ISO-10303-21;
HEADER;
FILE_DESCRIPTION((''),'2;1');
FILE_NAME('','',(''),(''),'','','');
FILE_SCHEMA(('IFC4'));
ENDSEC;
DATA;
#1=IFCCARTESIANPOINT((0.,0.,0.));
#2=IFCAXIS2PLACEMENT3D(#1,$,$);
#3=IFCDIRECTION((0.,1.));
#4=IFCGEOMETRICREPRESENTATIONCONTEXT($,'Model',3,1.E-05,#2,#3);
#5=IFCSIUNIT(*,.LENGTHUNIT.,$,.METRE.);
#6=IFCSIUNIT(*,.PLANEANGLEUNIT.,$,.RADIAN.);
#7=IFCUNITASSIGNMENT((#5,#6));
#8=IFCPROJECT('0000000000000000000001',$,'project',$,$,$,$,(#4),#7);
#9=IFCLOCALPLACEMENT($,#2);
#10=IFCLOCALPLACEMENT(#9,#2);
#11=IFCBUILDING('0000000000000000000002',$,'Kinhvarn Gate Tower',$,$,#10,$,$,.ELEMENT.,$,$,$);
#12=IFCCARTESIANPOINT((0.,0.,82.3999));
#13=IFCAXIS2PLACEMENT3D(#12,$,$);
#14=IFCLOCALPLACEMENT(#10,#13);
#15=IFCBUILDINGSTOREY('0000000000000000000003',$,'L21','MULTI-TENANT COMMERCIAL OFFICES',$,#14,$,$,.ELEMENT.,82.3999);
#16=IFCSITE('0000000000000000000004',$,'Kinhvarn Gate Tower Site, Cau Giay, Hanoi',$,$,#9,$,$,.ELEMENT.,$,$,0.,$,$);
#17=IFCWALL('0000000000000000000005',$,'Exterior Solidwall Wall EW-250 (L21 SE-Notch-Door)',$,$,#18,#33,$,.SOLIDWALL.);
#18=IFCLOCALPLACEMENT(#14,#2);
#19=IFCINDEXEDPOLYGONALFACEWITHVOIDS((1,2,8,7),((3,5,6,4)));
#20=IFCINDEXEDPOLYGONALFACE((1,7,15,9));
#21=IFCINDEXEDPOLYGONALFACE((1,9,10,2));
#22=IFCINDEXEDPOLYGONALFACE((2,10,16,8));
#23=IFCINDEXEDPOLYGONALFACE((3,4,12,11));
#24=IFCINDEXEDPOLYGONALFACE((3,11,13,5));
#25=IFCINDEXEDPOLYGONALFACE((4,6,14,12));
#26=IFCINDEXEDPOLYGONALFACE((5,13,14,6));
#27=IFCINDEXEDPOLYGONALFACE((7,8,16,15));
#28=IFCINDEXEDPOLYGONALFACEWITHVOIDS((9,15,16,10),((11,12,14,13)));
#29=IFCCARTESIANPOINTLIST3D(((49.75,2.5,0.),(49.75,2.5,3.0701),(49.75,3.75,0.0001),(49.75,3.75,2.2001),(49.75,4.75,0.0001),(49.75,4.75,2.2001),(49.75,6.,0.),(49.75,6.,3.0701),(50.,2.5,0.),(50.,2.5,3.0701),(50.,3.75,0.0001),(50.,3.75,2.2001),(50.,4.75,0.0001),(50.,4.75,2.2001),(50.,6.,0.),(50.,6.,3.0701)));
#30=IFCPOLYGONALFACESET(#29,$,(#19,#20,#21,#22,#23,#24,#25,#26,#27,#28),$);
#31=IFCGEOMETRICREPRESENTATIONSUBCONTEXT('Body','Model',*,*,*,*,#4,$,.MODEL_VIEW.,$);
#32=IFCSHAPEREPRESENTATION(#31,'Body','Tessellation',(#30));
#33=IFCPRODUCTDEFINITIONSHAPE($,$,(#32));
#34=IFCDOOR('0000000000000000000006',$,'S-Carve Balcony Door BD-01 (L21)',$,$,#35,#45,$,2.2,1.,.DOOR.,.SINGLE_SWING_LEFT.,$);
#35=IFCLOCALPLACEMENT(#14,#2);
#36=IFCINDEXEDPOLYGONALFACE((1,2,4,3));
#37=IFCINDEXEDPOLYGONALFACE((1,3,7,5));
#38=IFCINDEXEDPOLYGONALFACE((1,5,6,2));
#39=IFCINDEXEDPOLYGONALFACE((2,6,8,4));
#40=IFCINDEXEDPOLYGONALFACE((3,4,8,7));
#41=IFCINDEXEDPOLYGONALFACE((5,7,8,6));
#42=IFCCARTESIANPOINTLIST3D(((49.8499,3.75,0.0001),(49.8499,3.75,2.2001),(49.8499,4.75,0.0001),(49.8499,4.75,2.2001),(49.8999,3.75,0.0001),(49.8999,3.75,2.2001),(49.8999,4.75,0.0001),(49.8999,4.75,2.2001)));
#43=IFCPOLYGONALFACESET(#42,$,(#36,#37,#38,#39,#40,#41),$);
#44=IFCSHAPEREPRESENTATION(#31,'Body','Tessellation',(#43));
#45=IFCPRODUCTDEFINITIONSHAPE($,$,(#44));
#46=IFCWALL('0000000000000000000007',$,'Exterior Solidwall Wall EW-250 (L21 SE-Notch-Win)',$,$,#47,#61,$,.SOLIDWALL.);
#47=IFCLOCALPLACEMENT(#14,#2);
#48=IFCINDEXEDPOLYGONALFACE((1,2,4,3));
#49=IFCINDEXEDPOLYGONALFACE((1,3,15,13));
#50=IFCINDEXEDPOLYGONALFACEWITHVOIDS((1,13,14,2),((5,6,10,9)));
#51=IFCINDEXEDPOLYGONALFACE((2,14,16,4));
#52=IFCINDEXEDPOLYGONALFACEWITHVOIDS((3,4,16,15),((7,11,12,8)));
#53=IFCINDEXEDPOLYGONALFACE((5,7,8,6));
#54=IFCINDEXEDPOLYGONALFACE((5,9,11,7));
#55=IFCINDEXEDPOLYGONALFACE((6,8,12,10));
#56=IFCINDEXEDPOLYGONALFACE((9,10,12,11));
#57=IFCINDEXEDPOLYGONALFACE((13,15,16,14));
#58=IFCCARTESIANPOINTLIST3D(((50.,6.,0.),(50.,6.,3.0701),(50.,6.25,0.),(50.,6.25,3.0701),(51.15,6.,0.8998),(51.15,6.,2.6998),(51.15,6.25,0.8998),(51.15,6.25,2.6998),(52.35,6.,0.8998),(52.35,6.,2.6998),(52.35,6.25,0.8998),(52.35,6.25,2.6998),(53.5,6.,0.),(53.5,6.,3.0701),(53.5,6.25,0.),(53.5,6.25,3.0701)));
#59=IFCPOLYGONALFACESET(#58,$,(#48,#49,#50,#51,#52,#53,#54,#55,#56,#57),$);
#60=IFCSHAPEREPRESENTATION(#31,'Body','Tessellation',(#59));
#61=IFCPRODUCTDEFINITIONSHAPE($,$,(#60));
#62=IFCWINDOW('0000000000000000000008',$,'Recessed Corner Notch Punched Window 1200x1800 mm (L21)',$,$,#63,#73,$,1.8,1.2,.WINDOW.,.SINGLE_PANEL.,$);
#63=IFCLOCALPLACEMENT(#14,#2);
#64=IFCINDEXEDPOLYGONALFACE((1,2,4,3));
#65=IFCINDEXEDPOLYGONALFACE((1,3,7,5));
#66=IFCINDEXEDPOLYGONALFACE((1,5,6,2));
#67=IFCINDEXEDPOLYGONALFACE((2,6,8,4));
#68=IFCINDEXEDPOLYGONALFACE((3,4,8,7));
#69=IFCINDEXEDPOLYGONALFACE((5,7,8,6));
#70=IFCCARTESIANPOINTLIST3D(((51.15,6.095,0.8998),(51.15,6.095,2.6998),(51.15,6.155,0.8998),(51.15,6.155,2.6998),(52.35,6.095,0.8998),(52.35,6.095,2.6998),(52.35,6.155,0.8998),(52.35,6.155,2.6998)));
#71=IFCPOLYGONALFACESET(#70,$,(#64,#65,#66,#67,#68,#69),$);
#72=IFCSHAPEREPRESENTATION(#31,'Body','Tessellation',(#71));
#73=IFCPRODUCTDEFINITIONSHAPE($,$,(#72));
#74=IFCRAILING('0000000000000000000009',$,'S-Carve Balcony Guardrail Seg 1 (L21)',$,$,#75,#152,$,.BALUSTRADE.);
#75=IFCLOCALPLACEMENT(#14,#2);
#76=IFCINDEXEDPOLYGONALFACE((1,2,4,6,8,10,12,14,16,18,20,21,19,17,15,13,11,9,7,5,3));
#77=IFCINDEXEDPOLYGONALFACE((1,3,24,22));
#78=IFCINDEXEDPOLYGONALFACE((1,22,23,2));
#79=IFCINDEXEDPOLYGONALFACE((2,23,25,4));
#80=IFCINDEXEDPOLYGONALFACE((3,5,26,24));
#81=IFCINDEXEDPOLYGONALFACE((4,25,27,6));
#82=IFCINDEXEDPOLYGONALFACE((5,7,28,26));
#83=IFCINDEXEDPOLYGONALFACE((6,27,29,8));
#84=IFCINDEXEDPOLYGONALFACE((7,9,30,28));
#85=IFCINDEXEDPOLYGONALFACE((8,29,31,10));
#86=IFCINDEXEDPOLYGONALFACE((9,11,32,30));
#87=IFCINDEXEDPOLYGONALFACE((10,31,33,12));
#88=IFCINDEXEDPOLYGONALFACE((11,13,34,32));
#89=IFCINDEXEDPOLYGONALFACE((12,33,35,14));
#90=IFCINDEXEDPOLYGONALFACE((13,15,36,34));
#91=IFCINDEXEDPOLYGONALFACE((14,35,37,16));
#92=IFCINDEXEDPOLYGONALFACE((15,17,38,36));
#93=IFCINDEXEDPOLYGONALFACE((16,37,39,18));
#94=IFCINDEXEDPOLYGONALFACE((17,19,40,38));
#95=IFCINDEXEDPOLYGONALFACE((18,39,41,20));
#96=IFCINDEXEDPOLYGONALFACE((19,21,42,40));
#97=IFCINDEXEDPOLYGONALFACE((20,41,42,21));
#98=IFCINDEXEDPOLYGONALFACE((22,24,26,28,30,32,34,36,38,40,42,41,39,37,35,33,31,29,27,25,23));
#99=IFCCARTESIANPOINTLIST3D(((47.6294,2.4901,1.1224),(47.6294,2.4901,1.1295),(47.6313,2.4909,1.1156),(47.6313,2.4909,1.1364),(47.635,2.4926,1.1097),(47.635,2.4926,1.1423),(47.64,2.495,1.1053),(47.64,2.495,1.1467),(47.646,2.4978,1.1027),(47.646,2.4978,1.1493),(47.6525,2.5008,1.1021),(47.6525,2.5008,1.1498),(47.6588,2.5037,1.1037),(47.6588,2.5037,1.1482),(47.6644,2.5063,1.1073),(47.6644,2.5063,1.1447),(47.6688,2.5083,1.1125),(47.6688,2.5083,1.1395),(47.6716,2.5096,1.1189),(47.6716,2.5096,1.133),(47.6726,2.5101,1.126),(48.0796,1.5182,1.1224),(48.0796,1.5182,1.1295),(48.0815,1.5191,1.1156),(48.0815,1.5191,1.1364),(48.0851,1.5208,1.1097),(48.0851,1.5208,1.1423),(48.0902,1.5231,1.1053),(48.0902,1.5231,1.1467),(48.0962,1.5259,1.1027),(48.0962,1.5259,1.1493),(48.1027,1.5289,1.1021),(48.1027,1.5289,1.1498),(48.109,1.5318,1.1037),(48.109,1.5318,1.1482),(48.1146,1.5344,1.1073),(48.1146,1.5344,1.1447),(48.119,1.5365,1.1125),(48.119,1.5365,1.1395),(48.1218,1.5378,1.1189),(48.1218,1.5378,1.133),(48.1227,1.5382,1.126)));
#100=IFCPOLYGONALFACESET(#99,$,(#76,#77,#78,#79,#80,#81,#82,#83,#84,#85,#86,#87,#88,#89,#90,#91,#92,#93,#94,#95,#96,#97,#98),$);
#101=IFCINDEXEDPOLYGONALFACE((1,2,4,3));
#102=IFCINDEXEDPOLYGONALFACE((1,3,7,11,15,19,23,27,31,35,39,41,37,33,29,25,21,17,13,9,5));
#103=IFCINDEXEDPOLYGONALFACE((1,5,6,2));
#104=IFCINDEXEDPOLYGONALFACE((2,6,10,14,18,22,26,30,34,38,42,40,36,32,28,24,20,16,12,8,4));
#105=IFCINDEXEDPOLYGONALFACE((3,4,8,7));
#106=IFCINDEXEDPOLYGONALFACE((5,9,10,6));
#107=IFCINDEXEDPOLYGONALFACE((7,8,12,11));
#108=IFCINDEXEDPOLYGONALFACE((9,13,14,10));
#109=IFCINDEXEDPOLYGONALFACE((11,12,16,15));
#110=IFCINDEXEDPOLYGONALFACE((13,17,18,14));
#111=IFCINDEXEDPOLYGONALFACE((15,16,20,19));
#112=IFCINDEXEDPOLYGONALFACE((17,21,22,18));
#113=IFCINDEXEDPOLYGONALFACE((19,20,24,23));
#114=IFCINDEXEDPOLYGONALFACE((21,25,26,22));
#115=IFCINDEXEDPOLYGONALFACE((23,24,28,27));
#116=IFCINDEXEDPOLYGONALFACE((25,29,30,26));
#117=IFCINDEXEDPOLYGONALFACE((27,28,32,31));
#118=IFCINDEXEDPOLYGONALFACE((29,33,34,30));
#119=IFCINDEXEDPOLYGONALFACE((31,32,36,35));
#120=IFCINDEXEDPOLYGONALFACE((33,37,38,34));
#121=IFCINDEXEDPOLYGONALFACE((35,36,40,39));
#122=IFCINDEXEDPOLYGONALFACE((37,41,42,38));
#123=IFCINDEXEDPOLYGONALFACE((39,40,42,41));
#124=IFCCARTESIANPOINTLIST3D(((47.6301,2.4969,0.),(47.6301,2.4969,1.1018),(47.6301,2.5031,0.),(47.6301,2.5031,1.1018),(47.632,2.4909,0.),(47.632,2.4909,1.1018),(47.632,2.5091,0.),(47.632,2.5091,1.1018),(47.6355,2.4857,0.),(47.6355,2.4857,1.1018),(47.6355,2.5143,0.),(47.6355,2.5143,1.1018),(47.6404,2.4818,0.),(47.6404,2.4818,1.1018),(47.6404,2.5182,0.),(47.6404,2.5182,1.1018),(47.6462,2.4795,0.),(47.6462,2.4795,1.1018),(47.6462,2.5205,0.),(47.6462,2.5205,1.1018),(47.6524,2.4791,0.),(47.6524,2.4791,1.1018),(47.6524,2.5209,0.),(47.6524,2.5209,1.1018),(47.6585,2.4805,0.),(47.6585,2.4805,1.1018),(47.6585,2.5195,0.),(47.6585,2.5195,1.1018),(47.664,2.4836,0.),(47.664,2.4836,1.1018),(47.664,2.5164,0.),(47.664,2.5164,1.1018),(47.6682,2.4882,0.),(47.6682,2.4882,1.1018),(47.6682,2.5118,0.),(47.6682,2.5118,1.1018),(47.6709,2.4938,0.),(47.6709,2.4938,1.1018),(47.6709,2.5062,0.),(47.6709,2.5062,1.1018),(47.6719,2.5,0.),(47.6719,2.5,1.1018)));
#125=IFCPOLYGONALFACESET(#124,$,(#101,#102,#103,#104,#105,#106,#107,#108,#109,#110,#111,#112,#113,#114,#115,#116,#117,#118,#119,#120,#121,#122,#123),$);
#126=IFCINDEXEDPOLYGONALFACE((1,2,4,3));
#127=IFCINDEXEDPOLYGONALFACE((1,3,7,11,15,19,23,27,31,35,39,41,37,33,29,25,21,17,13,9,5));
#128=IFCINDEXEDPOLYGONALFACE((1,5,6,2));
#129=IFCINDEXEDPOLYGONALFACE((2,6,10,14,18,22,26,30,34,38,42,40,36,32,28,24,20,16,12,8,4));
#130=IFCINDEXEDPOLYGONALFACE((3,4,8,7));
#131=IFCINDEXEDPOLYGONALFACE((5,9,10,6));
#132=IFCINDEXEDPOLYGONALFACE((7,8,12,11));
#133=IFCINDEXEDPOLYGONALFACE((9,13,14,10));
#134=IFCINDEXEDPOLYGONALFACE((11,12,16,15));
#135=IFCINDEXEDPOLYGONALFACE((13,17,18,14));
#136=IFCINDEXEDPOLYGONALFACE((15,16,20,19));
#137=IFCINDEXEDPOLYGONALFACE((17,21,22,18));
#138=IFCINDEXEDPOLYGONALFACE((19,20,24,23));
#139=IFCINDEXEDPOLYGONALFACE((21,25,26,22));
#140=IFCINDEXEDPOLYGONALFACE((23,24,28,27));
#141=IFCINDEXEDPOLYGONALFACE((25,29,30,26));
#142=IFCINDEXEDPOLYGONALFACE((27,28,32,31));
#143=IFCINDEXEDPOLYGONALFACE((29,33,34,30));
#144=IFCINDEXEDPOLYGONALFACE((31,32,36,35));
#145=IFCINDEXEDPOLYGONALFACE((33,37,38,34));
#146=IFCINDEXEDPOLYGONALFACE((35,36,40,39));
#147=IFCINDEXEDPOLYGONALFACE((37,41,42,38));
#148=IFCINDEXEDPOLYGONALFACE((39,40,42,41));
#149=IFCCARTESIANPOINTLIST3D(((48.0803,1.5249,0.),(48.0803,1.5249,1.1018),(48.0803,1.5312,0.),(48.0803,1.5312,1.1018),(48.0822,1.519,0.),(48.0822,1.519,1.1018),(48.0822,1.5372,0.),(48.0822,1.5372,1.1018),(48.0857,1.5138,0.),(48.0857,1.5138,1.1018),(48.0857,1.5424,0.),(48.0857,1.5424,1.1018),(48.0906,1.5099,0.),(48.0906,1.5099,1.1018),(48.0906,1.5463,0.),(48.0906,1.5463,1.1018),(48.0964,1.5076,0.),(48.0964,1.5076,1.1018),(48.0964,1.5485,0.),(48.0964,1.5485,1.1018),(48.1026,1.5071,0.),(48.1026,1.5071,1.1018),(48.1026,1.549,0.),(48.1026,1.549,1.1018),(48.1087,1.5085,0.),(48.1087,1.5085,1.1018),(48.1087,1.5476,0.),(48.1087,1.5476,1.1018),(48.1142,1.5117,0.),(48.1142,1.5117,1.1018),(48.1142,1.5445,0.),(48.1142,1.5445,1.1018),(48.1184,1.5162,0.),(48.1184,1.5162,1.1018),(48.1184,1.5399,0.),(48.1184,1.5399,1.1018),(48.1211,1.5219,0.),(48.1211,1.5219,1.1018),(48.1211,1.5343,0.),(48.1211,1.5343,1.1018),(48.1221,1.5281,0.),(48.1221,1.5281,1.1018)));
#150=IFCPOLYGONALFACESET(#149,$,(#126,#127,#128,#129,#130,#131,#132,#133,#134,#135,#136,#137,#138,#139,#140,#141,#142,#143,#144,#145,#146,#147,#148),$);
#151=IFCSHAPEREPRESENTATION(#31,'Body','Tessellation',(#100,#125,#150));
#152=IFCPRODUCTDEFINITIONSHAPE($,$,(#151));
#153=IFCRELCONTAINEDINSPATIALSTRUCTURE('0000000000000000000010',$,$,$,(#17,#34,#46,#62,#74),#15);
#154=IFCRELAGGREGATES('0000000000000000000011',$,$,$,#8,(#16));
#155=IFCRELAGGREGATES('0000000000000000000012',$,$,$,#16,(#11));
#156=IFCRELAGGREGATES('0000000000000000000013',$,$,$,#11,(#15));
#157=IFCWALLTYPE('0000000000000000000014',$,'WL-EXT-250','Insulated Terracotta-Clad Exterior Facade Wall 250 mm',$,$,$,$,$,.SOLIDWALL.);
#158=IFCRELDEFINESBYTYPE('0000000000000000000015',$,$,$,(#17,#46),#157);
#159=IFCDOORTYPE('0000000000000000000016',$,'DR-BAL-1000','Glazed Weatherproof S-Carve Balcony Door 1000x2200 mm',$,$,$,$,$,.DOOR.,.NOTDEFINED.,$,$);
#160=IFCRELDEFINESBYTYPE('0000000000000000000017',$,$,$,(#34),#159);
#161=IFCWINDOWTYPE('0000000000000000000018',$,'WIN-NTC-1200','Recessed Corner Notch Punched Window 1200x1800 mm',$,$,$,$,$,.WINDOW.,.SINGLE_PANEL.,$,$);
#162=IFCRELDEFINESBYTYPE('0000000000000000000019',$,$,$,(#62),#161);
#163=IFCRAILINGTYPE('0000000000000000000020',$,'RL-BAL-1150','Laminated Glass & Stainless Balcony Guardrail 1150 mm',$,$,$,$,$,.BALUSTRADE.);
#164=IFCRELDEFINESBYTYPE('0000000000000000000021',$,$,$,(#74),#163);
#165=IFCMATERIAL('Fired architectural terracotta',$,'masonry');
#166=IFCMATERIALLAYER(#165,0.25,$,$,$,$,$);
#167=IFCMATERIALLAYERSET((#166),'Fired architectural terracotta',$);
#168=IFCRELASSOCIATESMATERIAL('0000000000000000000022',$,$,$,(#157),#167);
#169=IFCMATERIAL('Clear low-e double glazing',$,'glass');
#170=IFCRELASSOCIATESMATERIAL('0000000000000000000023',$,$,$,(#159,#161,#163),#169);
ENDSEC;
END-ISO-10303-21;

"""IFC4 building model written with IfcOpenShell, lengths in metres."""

from ifc_helpers import new_model, si_unit, direction, frame, frame_2d, origin, origin_2d, place, context, subcontext, project, spatial, rectangle, circle, extrude, material, layer, layer_set, type_object, element, fill, save


model = new_model("IFC4")

# Units and contexts
model_context = context("Model", 3, precision=1e-05, world=origin(), true_north=direction((0.0, 1.0)))
body_context = subcontext(model_context, "Body", "Model", "MODEL_VIEW")
ifc_project = project(units=[si_unit("LENGTHUNIT", "METRE"), si_unit("PLANEANGLEUNIT", "RADIAN")], contexts=[model_context])

# Site, building, storey
site_placement = place(None, origin())
site = spatial("IfcSite", under=ifc_project, at=site_placement, Name="Kinhvarn Gate Tower Site, Cau Giay, Hanoi", CompositionType="ELEMENT", RefElevation=0.0)
building_placement = place(site_placement, origin())
building = spatial("IfcBuilding", under=site, at=building_placement, Name="Kinhvarn Gate Tower", CompositionType="ELEMENT")
storey_placement = place(building_placement, frame((0.0, 0.0, 82.3999)))
storey = spatial("IfcBuildingStorey", under=building, at=storey_placement, Name="L21", Description="MULTI-TENANT COMMERCIAL OFFICES", CompositionType="ELEMENT", Elevation=82.3999)

# Shared definitions
ifc_material_1 = material(Name="Clear low-e double glazing", Category="glass")

# Wall, opening, door
ifc_material_2 = material(Name="Fired architectural terracotta", Category="masonry")
ifc_layer_1 = layer(ifc_material_2, 0.25)
ifc_layer_set_1 = layer_set([ifc_layer_1], Name="Fired architectural terracotta")
wall_type = type_object("IfcWallType", Name="WL-EXT-250", Description="Insulated Terracotta-Clad Exterior Facade Wall 250 mm", PredefinedType="SOLIDWALL", material=ifc_layer_set_1)
wall_1_placement = place(storey_placement, frame((49.875, 2.5, 0.0), z_axis=(0.0, 0.0, 1.0), x_axis=(0.0, 1.0, 0.0)))
wall_1 = element("IfcWall", 1, at=wall_1_placement, inside=storey, type_object=wall_type, Name="Exterior Solidwall Wall EW-250 (L21 SE-Notch-Door)", PredefinedType="SOLIDWALL", context=body_context, shape_type="SweptSolid", body=[
    extrude(rectangle(XDim=3.5, YDim=0.25, at=frame_2d((1.75, 0.0))), origin(), (0.0, 0.0, 1.0), 3.0701),
])
opening_1_placement = place(wall_1_placement, frame((1.25, 0.0, 0.0)))
opening_1 = element("IfcOpeningElement", 2, at=opening_1_placement, cuts=wall_1, PredefinedType="OPENING", context=body_context, shape_type="SweptSolid", body=[
    extrude(rectangle(XDim=1.0, YDim=2.2, at=frame_2d((0.5, 1.1001))), frame((0.0, 0.135, 0.0), z_axis=(0.0, -1.0, 0.0), x_axis=(1.0, 0.0, 0.0)), (0.0, 0.0, 1.0), 0.27),
])
door_type = type_object("IfcDoorType", Name="DR-BAL-1000", Description="Glazed Weatherproof S-Carve Balcony Door 1000x2200 mm", OperationType="NOTDEFINED", PredefinedType="DOOR", material=ifc_material_1)
door_placement = place(opening_1_placement, frame((1.0, 0.0, 0.0), z_axis=(0.0, 0.0, 1.0), x_axis=(-1.0, 0.0, 0.0)))
door = element("IfcDoor", 3, at=door_placement, inside=storey, type_object=door_type, Name="S-Carve Balcony Door BD-01 (L21)", OperationType="SINGLE_SWING_LEFT", OverallHeight=2.2, OverallWidth=1.0, PredefinedType="DOOR", context=body_context, shape_type="SweptSolid", body=[
    extrude(rectangle(XDim=1.0, YDim=2.2, at=frame_2d((0.5, 1.1001))), frame((0.0, 0.0249, 0.0), z_axis=(0.0, -1.0, 0.0), x_axis=(1.0, 0.0, 0.0)), (0.0, 0.0, 1.0), 0.05),
])
fill(opening_1, door)

# Wall, opening, window
wall_2_placement = place(storey_placement, frame((50.0, 6.125, 0.0), z_axis=(0.0, 0.0, 1.0), x_axis=(1.0, 0.0, 0.0)))
wall_2 = element("IfcWall", 4, at=wall_2_placement, inside=storey, type_object=wall_type, Name="Exterior Solidwall Wall EW-250 (L21 SE-Notch-Win)", PredefinedType="SOLIDWALL", context=body_context, shape_type="SweptSolid", body=[
    extrude(rectangle(XDim=3.5, YDim=0.25, at=frame_2d((1.75, 0.0))), origin(), (0.0, 0.0, 1.0), 3.0701),
])
opening_2_placement = place(wall_2_placement, frame((1.1499, 0.0, 0.8999)))
opening_2 = element("IfcOpeningElement", 5, at=opening_2_placement, cuts=wall_2, PredefinedType="OPENING", context=body_context, shape_type="SweptSolid", body=[
    extrude(rectangle(XDim=1.2, YDim=1.8, at=frame_2d((0.6001, 0.8999))), frame((0.0, 0.135, 0.0), z_axis=(0.0, -1.0, 0.0), x_axis=(1.0, 0.0, 0.0)), (0.0, 0.0, 1.0), 0.27),
])
window_type = type_object("IfcWindowType", Name="WIN-NTC-1200", Description="Recessed Corner Notch Punched Window 1200x1800 mm", PartitioningType="SINGLE_PANEL", PredefinedType="WINDOW", material=ifc_material_1)
window_placement = place(opening_2_placement, origin())
window = element("IfcWindow", 6, at=window_placement, inside=storey, type_object=window_type, Name="Recessed Corner Notch Punched Window 1200x1800 mm (L21)", OverallHeight=1.8, OverallWidth=1.2, PartitioningType="SINGLE_PANEL", PredefinedType="WINDOW", context=body_context, shape_type="SweptSolid", body=[
    extrude(rectangle(XDim=1.2, YDim=1.8, at=frame_2d((0.6001, 0.8999))), frame((0.0, 0.03, 0.0), z_axis=(0.0, -1.0, 0.0), x_axis=(1.0, 0.0, 0.0)), (0.0, 0.0, 1.0), 0.0601),
])
fill(opening_2, window)

# Railing
railing_type = type_object("IfcRailingType", Name="RL-BAL-1150", Description="Laminated Glass & Stainless Balcony Guardrail 1150 mm", PredefinedType="BALUSTRADE", material=ifc_material_1)
railing_1_placement = place(storey_placement, frame((47.6509, 2.5, 0.0)))
element("IfcRailing", 7, at=railing_1_placement, inside=storey, type_object=railing_type, Name="S-Carve Balcony Guardrail Seg 1 (L21)", PredefinedType="BALUSTRADE", context=body_context, shape_type="SweptSolid", body=[
    extrude(circle(Radius=0.0239, at=origin_2d()), frame((0.0, 0.0, 1.126), z_axis=(0.420301, -0.907385, 0.0), x_axis=(0.907385, 0.420301, 0.0)), (0.0, 0.0, 1.0), 1.071),
    extrude(circle(Radius=0.021, at=origin_2d()), origin(), (0.0, 0.0, 1.0), 1.1018),
    extrude(circle(Radius=0.021, at=origin_2d()), frame((0.4502, -0.9719, 0.0)), (0.0, 0.0, 1.0), 1.1018),
])

save(model, "model.ifc")
